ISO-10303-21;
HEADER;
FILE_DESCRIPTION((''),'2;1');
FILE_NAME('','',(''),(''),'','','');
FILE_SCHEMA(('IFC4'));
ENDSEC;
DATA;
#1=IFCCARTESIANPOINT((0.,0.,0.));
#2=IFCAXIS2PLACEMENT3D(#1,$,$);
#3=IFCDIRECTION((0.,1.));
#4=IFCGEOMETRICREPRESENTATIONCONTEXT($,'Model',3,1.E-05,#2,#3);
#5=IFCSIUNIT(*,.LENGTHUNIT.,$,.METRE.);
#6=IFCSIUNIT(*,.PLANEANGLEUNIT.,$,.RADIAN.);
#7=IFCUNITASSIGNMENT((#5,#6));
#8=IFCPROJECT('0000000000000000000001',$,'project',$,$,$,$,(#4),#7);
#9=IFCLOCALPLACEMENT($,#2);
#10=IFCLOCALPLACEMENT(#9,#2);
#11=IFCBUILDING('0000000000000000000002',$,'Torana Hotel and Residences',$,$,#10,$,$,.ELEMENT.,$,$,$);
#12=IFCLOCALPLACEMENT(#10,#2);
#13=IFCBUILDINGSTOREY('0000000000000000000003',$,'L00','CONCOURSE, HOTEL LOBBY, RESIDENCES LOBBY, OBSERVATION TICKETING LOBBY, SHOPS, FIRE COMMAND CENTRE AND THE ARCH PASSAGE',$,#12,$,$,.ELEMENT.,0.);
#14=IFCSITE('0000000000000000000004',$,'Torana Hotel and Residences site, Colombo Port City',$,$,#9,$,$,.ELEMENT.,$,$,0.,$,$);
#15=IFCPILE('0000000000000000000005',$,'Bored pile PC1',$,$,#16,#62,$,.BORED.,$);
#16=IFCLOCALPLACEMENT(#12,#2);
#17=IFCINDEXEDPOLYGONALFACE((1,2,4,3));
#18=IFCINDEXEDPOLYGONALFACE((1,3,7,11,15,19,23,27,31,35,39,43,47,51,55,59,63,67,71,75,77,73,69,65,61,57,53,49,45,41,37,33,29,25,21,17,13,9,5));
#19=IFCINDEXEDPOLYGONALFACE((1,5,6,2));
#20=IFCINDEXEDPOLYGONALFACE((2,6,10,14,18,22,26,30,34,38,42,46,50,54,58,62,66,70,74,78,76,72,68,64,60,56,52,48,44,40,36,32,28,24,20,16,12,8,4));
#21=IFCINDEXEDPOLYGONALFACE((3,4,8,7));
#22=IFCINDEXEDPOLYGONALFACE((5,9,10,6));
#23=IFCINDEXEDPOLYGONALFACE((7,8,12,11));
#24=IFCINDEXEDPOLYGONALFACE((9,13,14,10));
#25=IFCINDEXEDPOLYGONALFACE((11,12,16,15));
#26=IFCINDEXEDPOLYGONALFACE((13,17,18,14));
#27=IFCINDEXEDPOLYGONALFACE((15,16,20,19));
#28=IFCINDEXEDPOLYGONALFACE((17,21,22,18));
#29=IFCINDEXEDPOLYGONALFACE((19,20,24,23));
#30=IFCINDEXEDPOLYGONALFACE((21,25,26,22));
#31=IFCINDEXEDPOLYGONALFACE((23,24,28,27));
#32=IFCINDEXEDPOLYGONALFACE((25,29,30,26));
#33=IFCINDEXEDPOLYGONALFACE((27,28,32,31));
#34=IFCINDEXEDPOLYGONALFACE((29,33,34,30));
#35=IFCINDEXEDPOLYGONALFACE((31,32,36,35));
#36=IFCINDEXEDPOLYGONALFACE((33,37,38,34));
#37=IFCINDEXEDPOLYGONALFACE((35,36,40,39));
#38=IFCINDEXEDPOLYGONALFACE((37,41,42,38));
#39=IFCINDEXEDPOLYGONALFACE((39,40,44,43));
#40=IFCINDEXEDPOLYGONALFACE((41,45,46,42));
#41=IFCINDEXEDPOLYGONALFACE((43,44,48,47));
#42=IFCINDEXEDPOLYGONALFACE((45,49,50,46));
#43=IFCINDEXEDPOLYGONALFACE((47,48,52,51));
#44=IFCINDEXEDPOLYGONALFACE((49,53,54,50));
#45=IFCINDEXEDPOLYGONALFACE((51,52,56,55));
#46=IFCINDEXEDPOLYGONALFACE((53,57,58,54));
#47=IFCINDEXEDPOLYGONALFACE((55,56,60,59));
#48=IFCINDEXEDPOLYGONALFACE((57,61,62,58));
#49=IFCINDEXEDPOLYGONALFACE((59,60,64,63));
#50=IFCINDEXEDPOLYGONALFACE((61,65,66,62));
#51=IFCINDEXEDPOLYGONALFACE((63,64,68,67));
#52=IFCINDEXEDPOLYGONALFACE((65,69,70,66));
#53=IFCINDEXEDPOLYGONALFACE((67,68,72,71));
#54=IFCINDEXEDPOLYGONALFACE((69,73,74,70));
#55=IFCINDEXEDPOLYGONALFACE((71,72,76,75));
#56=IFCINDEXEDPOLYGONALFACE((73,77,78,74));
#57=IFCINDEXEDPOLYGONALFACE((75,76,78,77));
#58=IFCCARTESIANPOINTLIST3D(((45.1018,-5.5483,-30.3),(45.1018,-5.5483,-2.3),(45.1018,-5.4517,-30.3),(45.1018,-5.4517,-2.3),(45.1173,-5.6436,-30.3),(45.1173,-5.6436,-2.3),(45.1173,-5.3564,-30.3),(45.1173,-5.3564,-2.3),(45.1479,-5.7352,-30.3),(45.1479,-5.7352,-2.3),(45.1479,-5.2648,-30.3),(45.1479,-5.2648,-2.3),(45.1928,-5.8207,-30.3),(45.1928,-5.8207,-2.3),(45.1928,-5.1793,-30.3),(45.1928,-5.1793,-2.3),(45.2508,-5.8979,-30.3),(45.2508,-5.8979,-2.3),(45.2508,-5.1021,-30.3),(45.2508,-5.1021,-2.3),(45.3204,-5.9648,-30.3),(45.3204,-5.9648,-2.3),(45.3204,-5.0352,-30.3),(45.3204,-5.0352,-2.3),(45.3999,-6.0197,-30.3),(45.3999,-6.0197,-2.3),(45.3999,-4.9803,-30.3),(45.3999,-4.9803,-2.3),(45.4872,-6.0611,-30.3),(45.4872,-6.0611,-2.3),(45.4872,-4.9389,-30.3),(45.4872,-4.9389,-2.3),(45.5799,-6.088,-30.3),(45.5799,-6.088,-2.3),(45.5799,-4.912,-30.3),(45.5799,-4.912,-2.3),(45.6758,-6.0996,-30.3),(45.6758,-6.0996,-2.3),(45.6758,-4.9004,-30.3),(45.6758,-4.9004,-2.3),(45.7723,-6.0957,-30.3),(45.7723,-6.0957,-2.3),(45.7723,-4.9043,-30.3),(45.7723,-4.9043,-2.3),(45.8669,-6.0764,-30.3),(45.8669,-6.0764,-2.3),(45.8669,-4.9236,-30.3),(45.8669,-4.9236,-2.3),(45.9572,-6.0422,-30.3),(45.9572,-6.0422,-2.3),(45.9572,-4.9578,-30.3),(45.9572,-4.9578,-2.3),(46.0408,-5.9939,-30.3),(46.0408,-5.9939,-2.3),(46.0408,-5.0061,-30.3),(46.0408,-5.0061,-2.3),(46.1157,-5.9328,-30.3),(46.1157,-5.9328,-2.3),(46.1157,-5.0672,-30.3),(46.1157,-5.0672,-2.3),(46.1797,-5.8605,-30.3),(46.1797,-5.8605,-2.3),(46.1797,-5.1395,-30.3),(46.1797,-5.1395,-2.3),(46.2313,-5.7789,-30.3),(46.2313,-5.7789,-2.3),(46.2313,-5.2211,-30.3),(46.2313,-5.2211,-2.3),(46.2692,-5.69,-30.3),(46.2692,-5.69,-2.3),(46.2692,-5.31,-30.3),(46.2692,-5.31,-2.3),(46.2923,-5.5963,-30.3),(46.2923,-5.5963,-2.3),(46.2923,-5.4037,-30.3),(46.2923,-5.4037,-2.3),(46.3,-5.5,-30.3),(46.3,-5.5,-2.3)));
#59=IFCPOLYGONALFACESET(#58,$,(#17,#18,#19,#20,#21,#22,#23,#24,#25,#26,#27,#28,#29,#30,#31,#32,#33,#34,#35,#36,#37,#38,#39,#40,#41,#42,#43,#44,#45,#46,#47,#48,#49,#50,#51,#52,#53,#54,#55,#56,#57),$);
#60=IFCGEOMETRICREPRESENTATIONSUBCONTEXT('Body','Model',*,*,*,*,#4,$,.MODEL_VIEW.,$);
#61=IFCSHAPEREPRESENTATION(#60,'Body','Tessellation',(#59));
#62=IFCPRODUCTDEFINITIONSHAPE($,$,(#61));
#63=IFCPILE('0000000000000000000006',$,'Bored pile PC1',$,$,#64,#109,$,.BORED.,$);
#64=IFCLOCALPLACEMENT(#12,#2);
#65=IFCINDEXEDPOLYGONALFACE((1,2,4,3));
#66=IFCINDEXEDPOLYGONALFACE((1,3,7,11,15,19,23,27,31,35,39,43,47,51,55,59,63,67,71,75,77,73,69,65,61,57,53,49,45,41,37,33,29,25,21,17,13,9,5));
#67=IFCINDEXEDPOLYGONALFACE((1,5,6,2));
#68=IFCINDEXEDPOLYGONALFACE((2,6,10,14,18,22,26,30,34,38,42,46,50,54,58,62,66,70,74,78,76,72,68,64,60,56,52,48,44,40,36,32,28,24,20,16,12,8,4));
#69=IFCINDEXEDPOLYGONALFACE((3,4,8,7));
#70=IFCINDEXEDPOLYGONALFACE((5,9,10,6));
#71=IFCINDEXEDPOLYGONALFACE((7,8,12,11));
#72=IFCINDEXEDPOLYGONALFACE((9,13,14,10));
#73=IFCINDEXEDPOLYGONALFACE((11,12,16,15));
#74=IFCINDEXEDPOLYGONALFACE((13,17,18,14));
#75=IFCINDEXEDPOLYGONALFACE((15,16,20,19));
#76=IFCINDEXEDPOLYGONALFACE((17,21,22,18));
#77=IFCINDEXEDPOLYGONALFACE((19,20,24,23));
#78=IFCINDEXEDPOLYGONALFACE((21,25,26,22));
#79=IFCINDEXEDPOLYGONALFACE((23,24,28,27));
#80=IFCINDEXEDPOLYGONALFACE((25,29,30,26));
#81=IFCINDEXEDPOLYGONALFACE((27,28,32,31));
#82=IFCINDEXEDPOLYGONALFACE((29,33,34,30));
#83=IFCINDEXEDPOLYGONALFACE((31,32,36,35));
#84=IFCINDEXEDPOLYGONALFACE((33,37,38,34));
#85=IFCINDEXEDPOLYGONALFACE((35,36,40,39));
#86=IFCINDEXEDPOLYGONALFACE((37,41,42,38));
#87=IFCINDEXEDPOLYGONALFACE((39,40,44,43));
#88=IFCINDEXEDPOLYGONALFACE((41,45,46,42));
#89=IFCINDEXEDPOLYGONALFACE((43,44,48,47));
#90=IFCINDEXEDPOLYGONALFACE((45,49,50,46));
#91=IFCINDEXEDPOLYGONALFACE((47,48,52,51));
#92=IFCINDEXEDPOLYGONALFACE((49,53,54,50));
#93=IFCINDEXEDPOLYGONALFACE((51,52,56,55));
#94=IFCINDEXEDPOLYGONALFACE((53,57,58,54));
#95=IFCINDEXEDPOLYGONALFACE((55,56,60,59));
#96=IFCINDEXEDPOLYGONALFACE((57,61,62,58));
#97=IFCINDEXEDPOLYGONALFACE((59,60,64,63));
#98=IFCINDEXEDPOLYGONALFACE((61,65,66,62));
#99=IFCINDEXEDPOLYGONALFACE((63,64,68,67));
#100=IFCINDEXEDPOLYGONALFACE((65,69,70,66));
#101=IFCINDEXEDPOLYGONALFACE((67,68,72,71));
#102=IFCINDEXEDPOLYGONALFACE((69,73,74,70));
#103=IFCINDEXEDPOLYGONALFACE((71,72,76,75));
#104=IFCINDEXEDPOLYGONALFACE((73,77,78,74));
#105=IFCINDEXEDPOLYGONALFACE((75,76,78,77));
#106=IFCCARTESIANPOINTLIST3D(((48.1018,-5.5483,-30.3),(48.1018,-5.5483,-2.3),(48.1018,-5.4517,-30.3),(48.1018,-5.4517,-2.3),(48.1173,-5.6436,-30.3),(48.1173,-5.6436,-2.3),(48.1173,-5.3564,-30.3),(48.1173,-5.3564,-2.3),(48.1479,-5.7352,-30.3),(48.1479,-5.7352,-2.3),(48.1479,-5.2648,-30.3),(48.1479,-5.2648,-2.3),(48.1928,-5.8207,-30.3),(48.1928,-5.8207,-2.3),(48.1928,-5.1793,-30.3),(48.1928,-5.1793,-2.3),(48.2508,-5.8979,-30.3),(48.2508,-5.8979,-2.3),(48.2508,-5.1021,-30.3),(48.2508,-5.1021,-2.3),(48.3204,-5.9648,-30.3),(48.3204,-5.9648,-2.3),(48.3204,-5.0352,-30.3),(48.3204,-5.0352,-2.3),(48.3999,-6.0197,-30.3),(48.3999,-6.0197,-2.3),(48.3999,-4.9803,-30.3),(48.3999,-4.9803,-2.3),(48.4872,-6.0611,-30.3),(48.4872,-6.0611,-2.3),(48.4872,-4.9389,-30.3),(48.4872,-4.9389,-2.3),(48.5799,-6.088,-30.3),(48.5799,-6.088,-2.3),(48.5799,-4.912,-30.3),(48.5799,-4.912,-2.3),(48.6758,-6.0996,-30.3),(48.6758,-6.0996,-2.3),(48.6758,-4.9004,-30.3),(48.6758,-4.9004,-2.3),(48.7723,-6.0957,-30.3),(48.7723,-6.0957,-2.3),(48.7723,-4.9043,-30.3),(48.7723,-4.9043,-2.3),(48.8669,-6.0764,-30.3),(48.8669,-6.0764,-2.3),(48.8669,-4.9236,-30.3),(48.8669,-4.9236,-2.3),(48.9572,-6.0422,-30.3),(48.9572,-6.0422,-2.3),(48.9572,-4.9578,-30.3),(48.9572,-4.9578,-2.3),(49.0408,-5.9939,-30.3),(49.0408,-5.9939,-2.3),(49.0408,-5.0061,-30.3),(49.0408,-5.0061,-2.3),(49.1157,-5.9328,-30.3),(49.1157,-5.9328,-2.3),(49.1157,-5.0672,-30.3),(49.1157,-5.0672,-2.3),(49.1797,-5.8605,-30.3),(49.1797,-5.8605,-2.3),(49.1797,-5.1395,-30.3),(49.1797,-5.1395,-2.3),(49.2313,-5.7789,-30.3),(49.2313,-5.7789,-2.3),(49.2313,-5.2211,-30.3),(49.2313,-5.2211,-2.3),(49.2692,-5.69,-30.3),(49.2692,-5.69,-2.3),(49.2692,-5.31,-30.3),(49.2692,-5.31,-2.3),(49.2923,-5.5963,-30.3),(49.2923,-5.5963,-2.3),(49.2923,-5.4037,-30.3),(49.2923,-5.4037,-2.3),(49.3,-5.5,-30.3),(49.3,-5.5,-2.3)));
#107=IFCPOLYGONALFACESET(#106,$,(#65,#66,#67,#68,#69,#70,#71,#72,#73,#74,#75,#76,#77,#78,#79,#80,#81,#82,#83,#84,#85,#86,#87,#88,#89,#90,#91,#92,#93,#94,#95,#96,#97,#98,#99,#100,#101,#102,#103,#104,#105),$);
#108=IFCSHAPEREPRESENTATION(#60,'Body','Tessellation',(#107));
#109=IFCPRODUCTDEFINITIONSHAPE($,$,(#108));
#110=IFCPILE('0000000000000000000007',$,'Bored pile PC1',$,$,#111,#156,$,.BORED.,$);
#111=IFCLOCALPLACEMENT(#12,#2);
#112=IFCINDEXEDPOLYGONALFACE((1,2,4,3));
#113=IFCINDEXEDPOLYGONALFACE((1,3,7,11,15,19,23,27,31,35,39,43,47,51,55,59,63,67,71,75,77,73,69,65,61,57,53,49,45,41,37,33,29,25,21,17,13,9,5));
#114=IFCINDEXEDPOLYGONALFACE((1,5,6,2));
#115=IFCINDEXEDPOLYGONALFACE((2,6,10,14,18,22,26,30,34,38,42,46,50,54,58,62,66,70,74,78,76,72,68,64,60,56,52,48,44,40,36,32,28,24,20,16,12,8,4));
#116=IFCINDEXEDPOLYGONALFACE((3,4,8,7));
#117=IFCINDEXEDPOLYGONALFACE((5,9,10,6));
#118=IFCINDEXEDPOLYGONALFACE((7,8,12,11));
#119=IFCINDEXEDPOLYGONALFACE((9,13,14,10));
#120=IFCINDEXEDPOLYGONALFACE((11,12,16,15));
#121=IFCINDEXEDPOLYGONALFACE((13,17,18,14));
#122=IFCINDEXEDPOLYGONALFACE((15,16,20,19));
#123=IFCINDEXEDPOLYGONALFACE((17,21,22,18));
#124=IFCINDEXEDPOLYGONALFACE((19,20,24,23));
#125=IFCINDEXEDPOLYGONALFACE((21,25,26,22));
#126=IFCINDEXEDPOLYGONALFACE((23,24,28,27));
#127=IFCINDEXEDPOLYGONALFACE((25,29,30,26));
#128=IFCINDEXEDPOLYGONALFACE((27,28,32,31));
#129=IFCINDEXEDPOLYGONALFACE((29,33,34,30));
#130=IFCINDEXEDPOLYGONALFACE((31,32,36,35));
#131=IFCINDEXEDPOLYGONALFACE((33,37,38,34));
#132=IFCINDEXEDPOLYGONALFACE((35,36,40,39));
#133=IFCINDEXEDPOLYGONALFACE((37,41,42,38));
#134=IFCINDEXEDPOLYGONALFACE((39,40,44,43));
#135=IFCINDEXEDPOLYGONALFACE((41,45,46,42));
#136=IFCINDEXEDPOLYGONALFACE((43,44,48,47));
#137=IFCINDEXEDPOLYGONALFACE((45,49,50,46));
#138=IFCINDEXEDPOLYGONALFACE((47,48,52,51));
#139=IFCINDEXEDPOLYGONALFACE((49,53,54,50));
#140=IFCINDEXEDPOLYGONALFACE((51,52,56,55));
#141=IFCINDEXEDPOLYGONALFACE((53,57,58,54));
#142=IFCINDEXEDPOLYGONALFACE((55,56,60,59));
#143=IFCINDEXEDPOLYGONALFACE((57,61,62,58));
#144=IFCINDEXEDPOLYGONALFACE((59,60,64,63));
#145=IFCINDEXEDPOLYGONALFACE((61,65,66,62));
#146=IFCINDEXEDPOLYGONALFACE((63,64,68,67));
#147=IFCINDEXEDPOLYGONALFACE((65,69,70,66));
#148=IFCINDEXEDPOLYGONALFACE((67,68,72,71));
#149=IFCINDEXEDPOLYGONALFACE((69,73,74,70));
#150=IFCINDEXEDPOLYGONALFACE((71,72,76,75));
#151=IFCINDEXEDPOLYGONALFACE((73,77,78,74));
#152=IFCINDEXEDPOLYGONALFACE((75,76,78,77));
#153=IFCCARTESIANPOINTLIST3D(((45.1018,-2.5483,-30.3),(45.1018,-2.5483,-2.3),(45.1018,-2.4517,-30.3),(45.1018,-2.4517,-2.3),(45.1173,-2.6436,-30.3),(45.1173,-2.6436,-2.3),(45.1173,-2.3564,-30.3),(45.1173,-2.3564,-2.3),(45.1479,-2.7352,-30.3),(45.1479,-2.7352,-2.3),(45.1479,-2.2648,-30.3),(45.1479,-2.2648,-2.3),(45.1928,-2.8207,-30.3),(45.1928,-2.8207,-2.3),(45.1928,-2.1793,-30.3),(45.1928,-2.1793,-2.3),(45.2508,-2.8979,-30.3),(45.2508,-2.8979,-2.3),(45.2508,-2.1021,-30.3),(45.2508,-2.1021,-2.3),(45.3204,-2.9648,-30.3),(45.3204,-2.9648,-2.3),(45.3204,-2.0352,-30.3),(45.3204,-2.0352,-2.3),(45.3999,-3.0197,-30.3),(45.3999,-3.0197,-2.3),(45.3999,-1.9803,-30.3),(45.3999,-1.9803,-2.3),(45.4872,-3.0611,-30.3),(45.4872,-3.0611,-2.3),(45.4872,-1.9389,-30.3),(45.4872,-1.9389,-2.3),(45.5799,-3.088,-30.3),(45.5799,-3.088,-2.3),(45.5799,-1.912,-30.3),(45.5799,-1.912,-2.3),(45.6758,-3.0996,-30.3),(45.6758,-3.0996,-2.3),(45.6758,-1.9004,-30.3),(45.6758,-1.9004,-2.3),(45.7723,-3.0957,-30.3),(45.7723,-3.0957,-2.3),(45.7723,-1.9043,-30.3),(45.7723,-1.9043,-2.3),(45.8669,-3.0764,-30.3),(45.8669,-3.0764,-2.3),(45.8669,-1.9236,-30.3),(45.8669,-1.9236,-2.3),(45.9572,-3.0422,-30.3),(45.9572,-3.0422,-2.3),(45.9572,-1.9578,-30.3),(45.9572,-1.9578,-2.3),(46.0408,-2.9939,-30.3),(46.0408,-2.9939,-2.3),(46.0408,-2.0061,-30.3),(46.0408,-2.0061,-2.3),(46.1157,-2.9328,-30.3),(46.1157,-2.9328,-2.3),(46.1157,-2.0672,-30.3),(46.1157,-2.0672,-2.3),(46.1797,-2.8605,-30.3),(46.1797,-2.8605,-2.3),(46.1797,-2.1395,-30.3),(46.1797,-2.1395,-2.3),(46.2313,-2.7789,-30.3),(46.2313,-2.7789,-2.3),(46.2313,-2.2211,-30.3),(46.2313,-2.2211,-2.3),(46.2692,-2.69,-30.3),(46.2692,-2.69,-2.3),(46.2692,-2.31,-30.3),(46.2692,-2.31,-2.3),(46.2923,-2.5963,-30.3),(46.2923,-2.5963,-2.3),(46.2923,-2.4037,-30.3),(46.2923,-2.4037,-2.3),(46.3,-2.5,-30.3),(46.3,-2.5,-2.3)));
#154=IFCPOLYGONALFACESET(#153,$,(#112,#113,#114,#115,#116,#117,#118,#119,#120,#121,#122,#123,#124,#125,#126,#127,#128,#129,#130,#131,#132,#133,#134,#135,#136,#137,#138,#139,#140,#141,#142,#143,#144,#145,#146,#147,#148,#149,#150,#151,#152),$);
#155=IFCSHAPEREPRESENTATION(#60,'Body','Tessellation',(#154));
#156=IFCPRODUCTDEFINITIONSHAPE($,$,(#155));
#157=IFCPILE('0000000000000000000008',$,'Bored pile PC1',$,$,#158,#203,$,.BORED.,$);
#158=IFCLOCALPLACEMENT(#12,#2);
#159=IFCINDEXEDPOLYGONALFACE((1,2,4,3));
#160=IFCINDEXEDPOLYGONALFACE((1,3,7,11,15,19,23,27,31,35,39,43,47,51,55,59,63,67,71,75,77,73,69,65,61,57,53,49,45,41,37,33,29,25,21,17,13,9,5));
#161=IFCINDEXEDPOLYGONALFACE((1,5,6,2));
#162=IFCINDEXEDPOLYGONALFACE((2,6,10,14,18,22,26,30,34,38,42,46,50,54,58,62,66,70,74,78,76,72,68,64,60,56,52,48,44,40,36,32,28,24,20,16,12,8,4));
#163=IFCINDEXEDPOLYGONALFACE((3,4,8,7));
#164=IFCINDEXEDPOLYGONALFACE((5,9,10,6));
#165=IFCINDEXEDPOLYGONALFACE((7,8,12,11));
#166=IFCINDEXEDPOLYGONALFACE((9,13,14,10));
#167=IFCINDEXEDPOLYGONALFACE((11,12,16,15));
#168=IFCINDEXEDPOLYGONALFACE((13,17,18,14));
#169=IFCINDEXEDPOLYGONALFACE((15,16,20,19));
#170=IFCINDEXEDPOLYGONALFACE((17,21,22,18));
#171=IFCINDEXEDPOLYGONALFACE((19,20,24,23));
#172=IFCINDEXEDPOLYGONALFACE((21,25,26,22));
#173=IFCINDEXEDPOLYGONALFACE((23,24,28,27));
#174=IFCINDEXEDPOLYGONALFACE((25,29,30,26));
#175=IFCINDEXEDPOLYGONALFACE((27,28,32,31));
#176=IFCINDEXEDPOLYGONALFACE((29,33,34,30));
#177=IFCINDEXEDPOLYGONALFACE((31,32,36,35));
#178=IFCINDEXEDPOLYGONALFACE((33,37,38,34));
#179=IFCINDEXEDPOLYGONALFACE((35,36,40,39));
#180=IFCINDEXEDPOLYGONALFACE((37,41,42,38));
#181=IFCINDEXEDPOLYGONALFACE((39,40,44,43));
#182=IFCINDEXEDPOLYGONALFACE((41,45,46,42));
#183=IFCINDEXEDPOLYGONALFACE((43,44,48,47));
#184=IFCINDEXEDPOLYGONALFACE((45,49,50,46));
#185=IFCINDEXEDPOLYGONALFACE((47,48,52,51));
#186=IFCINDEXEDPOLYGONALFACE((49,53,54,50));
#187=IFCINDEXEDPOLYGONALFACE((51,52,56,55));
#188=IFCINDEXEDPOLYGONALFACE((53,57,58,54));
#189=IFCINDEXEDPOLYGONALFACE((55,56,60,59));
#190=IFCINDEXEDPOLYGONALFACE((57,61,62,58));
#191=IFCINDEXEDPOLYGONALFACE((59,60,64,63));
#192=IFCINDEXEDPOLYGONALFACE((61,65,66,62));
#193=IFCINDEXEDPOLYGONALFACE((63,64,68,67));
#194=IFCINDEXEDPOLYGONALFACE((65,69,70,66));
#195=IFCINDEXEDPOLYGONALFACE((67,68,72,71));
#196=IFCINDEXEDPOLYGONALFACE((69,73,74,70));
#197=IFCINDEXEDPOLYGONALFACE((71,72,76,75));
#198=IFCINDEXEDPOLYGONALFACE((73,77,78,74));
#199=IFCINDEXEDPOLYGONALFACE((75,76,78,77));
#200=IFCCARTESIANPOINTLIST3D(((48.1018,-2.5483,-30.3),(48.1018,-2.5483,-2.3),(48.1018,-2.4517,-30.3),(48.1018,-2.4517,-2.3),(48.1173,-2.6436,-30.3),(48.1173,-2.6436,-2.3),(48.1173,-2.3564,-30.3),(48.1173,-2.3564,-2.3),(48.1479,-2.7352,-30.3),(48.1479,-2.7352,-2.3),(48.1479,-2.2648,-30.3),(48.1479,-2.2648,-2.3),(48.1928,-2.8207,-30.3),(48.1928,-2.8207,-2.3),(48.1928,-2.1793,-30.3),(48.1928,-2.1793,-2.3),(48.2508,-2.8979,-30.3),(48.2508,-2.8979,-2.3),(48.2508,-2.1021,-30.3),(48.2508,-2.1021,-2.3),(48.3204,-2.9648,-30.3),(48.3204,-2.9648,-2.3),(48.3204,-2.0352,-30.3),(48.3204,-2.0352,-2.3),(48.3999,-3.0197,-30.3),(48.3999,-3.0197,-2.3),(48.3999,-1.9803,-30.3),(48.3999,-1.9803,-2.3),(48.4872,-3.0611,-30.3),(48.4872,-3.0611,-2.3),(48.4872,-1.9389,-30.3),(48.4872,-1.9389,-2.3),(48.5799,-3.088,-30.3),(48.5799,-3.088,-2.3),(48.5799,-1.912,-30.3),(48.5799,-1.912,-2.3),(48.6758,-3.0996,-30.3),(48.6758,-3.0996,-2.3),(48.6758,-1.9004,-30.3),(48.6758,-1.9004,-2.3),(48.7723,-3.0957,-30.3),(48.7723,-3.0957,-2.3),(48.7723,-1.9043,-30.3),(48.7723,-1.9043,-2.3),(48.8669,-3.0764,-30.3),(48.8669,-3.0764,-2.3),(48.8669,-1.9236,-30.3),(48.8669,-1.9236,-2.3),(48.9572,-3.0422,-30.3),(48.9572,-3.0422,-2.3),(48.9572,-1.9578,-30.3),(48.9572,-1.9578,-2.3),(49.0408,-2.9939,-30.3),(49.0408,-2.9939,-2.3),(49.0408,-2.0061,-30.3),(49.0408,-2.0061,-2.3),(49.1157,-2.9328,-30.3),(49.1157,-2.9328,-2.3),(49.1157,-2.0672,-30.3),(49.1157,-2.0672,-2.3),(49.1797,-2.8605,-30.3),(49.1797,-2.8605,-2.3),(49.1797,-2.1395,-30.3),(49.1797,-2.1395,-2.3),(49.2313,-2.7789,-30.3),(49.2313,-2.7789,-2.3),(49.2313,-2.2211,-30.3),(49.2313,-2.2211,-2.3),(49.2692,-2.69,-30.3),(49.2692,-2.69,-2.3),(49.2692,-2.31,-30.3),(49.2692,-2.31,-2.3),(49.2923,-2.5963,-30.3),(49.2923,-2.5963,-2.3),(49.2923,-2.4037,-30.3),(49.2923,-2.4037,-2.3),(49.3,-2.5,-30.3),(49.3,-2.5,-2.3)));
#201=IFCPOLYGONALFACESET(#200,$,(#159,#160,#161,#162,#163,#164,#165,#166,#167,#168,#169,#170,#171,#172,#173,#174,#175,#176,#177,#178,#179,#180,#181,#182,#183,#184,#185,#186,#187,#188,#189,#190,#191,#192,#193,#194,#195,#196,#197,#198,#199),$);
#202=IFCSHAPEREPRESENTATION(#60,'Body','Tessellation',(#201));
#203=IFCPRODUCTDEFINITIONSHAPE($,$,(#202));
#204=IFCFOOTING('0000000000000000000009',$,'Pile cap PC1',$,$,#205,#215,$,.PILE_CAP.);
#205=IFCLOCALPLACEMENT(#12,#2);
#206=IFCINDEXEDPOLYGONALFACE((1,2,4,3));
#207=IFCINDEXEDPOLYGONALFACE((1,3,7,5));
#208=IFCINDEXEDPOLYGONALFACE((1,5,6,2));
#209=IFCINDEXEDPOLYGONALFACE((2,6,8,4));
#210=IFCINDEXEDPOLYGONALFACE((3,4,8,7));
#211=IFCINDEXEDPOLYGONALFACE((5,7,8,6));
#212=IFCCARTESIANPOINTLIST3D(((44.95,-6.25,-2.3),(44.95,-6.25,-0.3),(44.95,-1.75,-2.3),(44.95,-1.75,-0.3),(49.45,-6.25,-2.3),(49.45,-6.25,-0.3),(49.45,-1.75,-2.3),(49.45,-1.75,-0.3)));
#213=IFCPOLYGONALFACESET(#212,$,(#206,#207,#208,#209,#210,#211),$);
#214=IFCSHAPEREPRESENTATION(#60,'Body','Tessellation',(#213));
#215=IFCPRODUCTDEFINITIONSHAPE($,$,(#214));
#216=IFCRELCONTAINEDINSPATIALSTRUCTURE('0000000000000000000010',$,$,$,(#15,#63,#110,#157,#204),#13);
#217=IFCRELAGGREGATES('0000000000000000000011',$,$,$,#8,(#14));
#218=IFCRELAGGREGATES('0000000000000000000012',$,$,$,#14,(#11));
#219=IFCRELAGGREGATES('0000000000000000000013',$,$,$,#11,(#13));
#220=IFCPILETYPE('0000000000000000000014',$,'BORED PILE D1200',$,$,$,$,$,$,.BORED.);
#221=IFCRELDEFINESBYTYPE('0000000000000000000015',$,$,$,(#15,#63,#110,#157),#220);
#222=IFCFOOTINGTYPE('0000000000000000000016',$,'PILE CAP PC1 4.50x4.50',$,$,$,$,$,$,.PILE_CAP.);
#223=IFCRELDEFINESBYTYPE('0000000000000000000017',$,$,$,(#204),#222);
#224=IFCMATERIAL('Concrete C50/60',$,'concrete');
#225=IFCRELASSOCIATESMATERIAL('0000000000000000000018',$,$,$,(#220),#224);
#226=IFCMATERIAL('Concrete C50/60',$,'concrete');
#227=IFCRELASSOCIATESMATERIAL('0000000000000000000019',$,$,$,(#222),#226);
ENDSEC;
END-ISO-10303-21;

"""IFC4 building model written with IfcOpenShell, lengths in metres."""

from ifc_helpers import new_model, si_unit, direction, frame, origin, origin_2d, place, context, subcontext, project, spatial, rectangle, circle, extrude, material, type_object, element, save


model = new_model("IFC4")

# Units and contexts
model_context = context("Model", 3, precision=1e-05, world=origin(), true_north=direction((0.0, 1.0)))
body_context = subcontext(model_context, "Body", "Model", "MODEL_VIEW")
ifc_project = project(units=[si_unit("LENGTHUNIT", "METRE"), si_unit("PLANEANGLEUNIT", "RADIAN")], contexts=[model_context])

# Site, building, storey
site_placement = place(None, origin())
site = spatial("IfcSite", under=ifc_project, at=site_placement, Name="Torana Hotel and Residences site, Colombo Port City", CompositionType="ELEMENT", RefElevation=0.0)
building_placement = place(site_placement, origin())
building = spatial("IfcBuilding", under=site, at=building_placement, Name="Torana Hotel and Residences", CompositionType="ELEMENT")
storey_placement = place(building_placement, origin())
storey = spatial("IfcBuildingStorey", under=building, at=storey_placement, Name="L00", Description="CONCOURSE, HOTEL LOBBY, RESIDENCES LOBBY, OBSERVATION TICKETING LOBBY, SHOPS, FIRE COMMAND CENTRE AND THE ARCH PASSAGE", CompositionType="ELEMENT", Elevation=0.0)

# Piles
ifc_material_1 = material(Name="Concrete C50/60", Category="concrete")
pile_type = type_object("IfcPileType", Name="BORED PILE D1200", PredefinedType="BORED", material=ifc_material_1)
for number, where, z_axis, x_axis, name in (
    (1, (45.7, -5.5, -2.3), (0.0, 0.0, -1.0), (1.0, 0.0, 0.0), "Bored pile PC1"),
    (2, (48.7, -5.5, -2.3), (0.0, 0.0, -1.0), (1.0, 0.0, 0.0), "Bored pile PC1"),
    (3, (45.7, -2.5, -2.3), (0.0, 0.0, -1.0), (1.0, 0.0, 0.0), "Bored pile PC1"),
    (4, (48.7, -2.5, -2.3), (0.0, 0.0, -1.0), (1.0, 0.0, 0.0), "Bored pile PC1"),
):
    element("IfcPile", number, at=place(storey_placement, frame(where, z_axis=z_axis, x_axis=x_axis)), inside=storey, type_object=pile_type, Name=name, PredefinedType="BORED", context=body_context, shape_type="SweptSolid", body=[
        extrude(circle(Radius=0.6001, at=origin_2d()), origin(), (0.0, 0.0, 1.0), 28.0),
    ])

# Footing
ifc_material_2 = material(Name="Concrete C50/60", Category="concrete")
footing_type = type_object("IfcFootingType", Name="PILE CAP PC1 4.50x4.50", PredefinedType="PILE_CAP", material=ifc_material_2)
footing_placement = place(storey_placement, frame((47.2, -4.0, -2.3), z_axis=(0.0, 0.0, 1.0), x_axis=(1.0, 0.0, 0.0)))
element("IfcFooting", 5, at=footing_placement, inside=storey, type_object=footing_type, Name="Pile cap PC1", PredefinedType="PILE_CAP", context=body_context, shape_type="SweptSolid", body=[
    extrude(rectangle(XDim=4.5, YDim=4.5, at=origin_2d()), origin(), (0.0, 0.0, 1.0), 2.0),
])

save(model, "model.ifc")
